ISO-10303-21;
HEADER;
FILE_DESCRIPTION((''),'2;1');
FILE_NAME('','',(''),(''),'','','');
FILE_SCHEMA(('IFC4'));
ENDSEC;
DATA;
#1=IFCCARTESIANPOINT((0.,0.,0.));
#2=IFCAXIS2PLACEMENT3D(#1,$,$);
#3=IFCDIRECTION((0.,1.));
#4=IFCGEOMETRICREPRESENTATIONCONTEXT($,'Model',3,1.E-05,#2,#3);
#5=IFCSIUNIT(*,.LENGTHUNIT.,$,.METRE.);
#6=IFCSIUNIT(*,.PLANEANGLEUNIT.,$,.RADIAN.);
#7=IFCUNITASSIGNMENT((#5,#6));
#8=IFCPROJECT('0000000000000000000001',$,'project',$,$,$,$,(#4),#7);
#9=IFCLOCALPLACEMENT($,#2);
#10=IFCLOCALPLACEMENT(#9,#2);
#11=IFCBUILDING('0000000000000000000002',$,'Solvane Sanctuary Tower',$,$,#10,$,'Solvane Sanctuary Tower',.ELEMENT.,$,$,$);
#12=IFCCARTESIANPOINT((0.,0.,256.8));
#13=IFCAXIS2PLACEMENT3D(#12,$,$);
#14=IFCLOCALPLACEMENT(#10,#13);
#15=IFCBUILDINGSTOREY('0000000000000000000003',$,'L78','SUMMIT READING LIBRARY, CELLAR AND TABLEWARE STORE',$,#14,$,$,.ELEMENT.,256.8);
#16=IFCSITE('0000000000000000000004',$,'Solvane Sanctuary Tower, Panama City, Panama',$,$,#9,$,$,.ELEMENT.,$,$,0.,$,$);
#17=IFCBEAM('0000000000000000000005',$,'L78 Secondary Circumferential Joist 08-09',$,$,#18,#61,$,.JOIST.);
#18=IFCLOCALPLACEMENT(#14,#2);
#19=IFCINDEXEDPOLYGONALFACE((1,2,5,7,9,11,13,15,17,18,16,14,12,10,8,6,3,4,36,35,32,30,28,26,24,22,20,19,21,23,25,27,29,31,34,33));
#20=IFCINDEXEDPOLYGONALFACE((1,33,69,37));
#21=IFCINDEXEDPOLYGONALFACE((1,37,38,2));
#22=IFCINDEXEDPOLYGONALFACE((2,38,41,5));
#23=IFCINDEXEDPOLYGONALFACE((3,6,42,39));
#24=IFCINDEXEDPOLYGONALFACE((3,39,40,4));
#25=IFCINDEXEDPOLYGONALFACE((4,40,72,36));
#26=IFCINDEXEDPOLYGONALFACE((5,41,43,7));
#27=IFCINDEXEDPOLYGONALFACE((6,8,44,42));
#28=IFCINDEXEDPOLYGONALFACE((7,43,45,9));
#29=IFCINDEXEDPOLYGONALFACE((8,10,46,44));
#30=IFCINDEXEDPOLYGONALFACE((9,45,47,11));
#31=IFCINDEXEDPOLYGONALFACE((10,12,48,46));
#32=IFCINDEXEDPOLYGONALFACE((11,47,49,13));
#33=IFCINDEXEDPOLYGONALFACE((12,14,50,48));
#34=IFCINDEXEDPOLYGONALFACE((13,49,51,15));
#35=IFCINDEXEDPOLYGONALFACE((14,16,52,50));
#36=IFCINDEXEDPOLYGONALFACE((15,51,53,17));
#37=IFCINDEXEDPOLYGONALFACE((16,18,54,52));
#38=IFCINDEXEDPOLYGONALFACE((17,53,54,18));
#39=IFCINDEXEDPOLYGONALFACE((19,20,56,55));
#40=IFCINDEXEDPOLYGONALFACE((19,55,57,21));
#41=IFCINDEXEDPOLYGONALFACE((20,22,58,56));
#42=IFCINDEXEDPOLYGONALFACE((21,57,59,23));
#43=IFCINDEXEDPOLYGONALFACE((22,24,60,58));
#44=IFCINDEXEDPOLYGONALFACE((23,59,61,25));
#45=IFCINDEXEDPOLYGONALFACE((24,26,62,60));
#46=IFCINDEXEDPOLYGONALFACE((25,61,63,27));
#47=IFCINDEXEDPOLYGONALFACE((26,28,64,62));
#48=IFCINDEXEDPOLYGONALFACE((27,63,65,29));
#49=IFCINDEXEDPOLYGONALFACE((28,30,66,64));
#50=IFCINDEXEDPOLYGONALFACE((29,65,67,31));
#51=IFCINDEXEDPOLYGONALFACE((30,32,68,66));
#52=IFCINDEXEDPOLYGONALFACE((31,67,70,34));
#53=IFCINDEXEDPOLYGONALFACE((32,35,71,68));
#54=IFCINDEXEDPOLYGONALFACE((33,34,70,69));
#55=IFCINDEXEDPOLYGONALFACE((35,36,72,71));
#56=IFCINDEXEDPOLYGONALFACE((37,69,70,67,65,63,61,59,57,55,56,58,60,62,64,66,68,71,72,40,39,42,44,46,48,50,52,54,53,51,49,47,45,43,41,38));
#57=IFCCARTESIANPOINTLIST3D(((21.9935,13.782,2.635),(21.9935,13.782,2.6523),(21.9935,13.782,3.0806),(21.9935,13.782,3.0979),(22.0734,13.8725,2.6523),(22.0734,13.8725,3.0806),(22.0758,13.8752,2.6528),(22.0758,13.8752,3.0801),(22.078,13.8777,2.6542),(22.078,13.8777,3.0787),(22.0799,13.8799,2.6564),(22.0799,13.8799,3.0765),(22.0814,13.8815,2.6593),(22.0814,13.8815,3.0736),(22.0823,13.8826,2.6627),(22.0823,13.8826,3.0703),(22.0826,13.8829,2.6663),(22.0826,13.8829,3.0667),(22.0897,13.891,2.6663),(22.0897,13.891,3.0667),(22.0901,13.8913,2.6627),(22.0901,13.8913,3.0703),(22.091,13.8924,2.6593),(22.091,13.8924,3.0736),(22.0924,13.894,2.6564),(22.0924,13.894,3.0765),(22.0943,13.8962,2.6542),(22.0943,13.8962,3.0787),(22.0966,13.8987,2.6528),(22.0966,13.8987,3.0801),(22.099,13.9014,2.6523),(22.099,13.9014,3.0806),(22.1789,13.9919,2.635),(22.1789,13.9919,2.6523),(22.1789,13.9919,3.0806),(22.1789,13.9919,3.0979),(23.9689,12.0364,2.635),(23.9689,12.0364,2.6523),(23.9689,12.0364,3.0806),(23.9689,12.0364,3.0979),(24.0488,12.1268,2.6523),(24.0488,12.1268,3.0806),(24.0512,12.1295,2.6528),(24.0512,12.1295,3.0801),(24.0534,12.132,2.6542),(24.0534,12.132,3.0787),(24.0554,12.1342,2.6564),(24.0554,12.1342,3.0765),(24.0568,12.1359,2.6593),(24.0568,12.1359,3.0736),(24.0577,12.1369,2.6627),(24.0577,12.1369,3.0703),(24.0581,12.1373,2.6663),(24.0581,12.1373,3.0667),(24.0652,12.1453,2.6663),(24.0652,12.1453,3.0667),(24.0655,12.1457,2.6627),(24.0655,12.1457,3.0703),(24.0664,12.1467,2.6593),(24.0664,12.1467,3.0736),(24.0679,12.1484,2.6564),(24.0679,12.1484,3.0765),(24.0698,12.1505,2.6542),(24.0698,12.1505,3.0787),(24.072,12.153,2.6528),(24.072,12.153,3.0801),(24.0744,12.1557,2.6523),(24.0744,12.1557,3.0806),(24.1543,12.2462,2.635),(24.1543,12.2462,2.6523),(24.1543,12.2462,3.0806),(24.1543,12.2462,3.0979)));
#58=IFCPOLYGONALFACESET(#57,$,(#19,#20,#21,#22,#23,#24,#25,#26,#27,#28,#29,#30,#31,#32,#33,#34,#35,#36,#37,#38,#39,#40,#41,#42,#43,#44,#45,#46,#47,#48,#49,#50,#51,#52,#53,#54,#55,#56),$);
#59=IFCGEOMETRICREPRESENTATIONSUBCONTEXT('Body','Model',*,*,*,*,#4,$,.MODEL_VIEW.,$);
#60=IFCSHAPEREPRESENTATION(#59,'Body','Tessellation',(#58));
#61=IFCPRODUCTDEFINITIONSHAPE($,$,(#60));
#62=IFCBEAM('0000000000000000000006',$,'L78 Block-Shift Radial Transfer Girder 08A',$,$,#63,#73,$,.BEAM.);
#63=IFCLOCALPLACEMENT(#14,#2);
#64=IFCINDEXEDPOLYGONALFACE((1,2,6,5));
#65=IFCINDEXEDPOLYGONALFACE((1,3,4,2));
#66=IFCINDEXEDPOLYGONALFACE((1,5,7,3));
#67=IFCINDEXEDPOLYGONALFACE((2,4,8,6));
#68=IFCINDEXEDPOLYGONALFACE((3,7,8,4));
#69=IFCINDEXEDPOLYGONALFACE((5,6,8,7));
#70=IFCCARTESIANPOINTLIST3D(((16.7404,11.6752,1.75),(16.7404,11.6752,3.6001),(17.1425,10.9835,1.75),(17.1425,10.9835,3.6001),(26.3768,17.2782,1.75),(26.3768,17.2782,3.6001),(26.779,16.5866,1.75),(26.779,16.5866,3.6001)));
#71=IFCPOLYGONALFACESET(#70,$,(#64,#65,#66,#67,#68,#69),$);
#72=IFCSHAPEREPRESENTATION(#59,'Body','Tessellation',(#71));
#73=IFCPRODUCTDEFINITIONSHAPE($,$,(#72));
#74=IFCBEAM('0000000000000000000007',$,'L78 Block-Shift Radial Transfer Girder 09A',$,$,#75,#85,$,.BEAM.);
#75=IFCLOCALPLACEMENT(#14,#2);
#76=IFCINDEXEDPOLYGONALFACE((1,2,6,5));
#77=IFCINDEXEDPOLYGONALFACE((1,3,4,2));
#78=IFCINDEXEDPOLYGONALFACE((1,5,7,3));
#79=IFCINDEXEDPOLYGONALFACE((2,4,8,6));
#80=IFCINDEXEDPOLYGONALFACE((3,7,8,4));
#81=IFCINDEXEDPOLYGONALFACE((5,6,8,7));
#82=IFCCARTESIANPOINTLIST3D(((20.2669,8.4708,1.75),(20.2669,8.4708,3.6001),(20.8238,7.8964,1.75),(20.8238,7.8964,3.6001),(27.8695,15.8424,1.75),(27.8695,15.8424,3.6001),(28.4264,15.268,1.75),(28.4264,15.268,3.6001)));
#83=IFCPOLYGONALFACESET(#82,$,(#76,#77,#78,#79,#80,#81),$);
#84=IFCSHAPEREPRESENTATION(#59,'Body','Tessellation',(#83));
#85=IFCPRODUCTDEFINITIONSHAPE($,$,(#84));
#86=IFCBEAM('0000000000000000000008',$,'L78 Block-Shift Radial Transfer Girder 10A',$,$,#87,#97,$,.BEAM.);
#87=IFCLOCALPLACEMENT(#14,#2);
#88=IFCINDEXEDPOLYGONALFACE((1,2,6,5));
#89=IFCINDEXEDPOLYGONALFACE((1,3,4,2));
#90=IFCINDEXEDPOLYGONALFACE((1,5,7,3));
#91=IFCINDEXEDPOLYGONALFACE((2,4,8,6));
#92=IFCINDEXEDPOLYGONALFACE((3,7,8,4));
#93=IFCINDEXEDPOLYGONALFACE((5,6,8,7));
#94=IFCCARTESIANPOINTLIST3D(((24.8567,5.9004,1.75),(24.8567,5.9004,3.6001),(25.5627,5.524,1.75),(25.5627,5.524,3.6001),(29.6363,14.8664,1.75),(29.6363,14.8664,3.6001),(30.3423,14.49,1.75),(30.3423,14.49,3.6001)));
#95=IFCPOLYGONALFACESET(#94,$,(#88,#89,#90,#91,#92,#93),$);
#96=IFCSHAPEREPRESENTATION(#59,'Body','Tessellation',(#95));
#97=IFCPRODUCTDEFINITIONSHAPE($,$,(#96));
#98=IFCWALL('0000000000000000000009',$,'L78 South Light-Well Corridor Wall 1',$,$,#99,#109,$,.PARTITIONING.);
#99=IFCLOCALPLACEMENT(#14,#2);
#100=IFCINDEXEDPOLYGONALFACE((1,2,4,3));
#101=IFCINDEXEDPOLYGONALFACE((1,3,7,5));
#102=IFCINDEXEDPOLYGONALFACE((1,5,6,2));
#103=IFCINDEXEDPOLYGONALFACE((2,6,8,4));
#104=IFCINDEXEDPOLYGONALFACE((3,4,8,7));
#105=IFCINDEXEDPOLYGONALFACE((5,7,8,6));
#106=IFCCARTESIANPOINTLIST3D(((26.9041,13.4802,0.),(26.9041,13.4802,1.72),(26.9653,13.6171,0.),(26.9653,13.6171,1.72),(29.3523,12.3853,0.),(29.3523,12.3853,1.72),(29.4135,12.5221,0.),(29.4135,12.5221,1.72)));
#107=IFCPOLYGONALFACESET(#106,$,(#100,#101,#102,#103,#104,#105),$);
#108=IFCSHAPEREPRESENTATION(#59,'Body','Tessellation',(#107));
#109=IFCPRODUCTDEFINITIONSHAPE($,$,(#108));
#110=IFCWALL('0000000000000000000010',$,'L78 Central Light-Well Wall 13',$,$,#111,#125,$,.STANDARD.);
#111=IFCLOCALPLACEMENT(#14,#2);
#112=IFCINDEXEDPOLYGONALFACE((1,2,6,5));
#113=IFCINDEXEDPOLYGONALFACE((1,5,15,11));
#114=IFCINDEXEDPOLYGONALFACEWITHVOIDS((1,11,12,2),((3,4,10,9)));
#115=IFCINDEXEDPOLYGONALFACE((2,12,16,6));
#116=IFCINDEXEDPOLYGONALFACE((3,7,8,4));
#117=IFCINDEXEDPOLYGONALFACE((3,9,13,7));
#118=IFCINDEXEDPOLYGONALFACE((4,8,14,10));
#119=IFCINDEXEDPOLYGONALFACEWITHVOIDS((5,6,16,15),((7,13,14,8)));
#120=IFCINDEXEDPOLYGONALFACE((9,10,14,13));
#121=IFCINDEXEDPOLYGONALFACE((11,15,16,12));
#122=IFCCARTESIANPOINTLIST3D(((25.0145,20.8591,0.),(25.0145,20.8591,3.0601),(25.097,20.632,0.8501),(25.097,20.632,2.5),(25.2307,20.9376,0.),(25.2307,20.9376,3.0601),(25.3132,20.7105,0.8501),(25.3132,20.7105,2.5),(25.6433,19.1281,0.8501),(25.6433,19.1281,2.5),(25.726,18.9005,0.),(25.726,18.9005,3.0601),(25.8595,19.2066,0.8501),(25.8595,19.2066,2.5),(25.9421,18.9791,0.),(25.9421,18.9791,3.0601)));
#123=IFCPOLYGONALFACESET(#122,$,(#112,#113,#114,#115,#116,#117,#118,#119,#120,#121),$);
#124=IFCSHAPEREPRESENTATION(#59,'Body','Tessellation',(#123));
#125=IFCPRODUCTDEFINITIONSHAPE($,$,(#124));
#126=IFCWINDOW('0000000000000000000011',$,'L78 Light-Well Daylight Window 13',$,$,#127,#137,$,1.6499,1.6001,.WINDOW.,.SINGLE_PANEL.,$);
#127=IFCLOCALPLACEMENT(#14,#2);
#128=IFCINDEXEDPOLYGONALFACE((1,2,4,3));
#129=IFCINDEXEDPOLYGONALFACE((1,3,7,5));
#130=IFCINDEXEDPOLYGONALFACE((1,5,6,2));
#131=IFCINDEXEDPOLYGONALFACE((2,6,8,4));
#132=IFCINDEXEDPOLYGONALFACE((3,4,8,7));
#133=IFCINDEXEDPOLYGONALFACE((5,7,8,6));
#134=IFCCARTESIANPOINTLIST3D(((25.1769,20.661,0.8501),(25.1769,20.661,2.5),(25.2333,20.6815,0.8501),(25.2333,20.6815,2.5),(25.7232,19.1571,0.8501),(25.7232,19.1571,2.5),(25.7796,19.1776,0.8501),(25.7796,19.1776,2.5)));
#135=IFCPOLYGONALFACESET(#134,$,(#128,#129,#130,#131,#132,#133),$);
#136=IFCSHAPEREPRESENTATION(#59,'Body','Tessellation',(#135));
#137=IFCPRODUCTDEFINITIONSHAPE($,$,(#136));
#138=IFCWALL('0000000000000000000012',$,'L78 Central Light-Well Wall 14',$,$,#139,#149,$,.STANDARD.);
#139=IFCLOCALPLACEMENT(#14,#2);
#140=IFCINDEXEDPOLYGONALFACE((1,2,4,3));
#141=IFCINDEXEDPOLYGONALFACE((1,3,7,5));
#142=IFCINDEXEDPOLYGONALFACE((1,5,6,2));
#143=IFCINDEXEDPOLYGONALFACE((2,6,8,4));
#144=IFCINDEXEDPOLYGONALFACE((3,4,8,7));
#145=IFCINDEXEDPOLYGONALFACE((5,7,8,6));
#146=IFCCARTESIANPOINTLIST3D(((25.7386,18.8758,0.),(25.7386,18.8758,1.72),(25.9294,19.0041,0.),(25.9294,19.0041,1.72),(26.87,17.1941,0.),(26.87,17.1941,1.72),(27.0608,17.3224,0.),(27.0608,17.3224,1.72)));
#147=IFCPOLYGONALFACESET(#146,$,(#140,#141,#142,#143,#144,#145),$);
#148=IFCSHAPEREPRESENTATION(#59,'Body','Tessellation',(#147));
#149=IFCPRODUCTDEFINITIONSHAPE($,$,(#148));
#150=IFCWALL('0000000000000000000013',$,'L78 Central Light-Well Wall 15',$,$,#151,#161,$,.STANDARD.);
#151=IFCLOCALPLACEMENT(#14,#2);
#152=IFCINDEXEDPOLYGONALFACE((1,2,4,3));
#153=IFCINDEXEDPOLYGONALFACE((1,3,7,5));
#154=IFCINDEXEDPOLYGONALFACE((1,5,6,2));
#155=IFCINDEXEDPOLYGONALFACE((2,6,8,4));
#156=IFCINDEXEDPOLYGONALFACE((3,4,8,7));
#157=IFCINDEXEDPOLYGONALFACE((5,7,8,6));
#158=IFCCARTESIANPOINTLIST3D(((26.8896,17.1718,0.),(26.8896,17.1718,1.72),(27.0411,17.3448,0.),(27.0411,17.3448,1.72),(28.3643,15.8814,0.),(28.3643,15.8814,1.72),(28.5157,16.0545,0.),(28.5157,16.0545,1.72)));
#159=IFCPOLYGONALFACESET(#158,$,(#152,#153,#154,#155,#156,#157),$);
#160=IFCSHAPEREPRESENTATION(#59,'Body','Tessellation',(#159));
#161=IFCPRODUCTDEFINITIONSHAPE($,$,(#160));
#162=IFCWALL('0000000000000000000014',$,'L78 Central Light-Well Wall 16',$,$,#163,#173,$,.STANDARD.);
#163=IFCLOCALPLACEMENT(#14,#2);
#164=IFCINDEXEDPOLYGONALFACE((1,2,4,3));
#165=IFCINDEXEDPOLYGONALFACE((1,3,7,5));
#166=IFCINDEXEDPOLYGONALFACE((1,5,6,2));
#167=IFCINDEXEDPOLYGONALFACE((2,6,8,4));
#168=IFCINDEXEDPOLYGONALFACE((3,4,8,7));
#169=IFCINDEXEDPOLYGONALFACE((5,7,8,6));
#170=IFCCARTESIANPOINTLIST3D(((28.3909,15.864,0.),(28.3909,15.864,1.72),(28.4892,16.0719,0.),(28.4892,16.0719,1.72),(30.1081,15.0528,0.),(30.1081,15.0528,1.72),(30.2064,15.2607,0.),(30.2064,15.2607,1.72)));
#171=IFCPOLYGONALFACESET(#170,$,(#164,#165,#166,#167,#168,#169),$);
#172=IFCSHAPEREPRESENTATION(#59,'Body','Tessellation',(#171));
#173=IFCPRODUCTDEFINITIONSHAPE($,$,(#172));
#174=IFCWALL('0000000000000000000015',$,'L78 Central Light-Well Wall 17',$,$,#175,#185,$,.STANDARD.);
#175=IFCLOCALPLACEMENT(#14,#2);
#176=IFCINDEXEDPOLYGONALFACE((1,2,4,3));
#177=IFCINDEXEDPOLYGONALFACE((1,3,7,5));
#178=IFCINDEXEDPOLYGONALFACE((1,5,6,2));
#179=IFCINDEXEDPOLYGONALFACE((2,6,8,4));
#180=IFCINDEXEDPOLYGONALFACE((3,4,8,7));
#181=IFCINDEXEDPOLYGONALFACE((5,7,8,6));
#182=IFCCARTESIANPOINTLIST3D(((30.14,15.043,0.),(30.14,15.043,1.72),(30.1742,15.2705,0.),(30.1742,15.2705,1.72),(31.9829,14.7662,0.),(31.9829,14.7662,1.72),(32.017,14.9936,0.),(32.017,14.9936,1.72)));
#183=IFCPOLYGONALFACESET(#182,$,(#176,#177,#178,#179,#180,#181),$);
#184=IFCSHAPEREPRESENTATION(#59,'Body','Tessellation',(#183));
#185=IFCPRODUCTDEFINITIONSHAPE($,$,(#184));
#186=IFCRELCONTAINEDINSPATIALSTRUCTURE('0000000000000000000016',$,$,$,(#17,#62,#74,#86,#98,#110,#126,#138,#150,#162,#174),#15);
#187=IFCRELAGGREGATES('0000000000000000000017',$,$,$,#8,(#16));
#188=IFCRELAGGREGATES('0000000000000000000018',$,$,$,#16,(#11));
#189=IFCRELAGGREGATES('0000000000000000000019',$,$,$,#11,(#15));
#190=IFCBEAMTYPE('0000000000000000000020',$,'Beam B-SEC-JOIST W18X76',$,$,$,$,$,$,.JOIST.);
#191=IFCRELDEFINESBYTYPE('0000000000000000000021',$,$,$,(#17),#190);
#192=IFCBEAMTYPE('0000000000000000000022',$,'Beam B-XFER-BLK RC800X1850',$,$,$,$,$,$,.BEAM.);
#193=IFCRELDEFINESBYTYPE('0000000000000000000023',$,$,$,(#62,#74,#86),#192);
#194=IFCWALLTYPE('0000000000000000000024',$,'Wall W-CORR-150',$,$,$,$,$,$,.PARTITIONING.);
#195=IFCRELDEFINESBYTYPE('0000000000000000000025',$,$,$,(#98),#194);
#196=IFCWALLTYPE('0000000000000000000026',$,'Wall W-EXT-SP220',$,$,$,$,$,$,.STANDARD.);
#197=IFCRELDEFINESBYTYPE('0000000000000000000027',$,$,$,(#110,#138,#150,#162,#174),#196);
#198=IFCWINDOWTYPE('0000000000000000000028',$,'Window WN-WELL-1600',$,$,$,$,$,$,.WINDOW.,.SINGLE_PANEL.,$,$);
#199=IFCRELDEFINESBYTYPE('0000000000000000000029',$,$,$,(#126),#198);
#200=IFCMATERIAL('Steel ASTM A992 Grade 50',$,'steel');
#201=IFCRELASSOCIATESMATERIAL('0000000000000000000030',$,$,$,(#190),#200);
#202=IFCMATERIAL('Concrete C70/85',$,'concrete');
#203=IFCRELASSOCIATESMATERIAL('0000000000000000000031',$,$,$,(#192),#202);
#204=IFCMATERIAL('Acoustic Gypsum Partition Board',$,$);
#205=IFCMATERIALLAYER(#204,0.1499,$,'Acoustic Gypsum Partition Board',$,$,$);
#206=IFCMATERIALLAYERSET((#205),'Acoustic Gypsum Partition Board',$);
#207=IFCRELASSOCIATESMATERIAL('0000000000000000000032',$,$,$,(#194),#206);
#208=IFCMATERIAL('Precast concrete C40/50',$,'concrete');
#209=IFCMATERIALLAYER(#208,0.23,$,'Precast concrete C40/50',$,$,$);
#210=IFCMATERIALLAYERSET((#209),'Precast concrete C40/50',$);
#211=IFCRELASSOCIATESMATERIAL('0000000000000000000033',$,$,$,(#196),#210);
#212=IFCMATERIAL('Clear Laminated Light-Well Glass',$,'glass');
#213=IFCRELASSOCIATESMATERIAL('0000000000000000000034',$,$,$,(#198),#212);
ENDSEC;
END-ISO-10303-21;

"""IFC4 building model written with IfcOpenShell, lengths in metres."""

from ifc_helpers import new_model, si_unit, direction, frame, frame_2d, origin, origin_2d, place, context, subcontext, project, spatial, rectangle, i_section, extrude, material, layer, layer_set, material_profile, profile_set, type_object, element, fill, save


model = new_model("IFC4")

# Units and contexts
model_context = context("Model", 3, precision=1e-05, world=origin(), true_north=direction((0.0, 1.0)))
body_context = subcontext(model_context, "Body", "Model", "MODEL_VIEW")
ifc_project = project(units=[si_unit("LENGTHUNIT", "METRE"), si_unit("PLANEANGLEUNIT", "RADIAN")], contexts=[model_context])

# Site, building, storey
site_placement = place(None, origin())
site = spatial("IfcSite", under=ifc_project, at=site_placement, Name="Solvane Sanctuary Tower, Panama City, Panama", CompositionType="ELEMENT", RefElevation=0.0)
building_placement = place(site_placement, origin())
building = spatial("IfcBuilding", under=site, at=building_placement, Name="Solvane Sanctuary Tower", LongName="Solvane Sanctuary Tower", CompositionType="ELEMENT")
storey_placement = place(building_placement, frame((0.0, 0.0, 256.8)))
storey = spatial("IfcBuildingStorey", under=building, at=storey_placement, Name="L78", Description="SUMMIT READING LIBRARY, CELLAR AND TABLEWARE STORE", CompositionType="ELEMENT", Elevation=256.8)

# Shared definitions
ifc_material_1 = material(Name="Concrete C70/85", Category="concrete")

# Beams
ifc_material_2 = material(Name="Steel ASTM A992 Grade 50", Category="steel")
ifc_material_profile_1 = material_profile(ifc_material_2, i_section(OverallWidth=0.28, OverallDepth=0.4629, WebThickness=0.0107, FlangeThickness=0.0173, FilletRadius=0.0139, at=origin_2d()), Name="W18X76")
ifc_profile_set_1 = profile_set([ifc_material_profile_1], Name="Steel ASTM A992 Grade 50")
beam_type_1 = type_object("IfcBeamType", Name="Beam B-SEC-JOIST W18X76", PredefinedType="JOIST", material=ifc_profile_set_1)
beam_1_placement = place(storey_placement, frame((22.0862, 13.887, 2.8665), z_axis=(0.749338, -0.662188, 0.0), x_axis=(0.662188, 0.749338, 0.0)))
element("IfcBeam", 1, at=beam_1_placement, inside=storey, type_object=beam_type_1, Name="L78 Secondary Circumferential Joist 08-09", PredefinedType="JOIST", context=body_context, shape_type="SweptSolid", body=[
    extrude(i_section(OverallWidth=0.28, OverallDepth=0.4629, WebThickness=0.0107, FlangeThickness=0.0173, FilletRadius=0.0139, at=origin_2d()), origin(), (0.0, 0.0, 1.0), 2.6362),
])
ifc_material_profile_2 = material_profile(ifc_material_1, rectangle(XDim=0.8, YDim=1.8501, at=origin_2d()), Name="RC800X1850")
ifc_profile_set_2 = profile_set([ifc_material_profile_2], Name="Concrete C70/85")
beam_type_2 = type_object("IfcBeamType", Name="Beam B-XFER-BLK RC800X1850", PredefinedType="BEAM", material=ifc_profile_set_2)
beam_2_placement = place(storey_placement, frame((26.5779, 16.9324, 2.675), z_axis=(-0.864491, -0.502649, 0.0), x_axis=(0.502649, -0.864491, 0.0)))
element("IfcBeam", 2, at=beam_2_placement, inside=storey, type_object=beam_type_2, Name="L78 Block-Shift Radial Transfer Girder 08A", PredefinedType="BEAM", context=body_context, shape_type="SweptSolid", body=[
    extrude(rectangle(XDim=0.8, YDim=1.8501, at=origin_2d()), origin(), (0.0, 0.0, 1.0), 11.147),
])
beam_3_placement = place(storey_placement, frame((28.1479, 15.5552, 2.675), z_axis=(-0.717928, -0.696118, 0.0), x_axis=(0.696118, -0.717928, 0.0)))
element("IfcBeam", 3, at=beam_3_placement, inside=storey, type_object=beam_type_2, Name="L78 Block-Shift Radial Transfer Girder 09A", PredefinedType="BEAM", context=body_context, shape_type="SweptSolid", body=[
    extrude(rectangle(XDim=0.8, YDim=1.8501, at=origin_2d()), origin(), (0.0, 0.0, 1.0), 10.5896),
])
beam_4_placement = place(storey_placement, frame((29.9893, 14.6782, 2.675), z_axis=(-0.470407, -0.882449, 0.0), x_axis=(0.882449, -0.470407, 0.0)))
element("IfcBeam", 4, at=beam_4_placement, inside=storey, type_object=beam_type_2, Name="L78 Block-Shift Radial Transfer Girder 10A", PredefinedType="BEAM", context=body_context, shape_type="SweptSolid", body=[
    extrude(rectangle(XDim=0.8, YDim=1.8501, at=origin_2d()), origin(), (0.0, 0.0, 1.0), 10.1604),
])

# Wall
ifc_material_3 = material(Name="Acoustic Gypsum Partition Board")
ifc_layer_1 = layer(ifc_material_3, 0.1499, Name="Acoustic Gypsum Partition Board")
ifc_layer_set_1 = layer_set([ifc_layer_1], Name="Acoustic Gypsum Partition Board")
wall_type_1 = type_object("IfcWallType", Name="Wall W-CORR-150", PredefinedType="PARTITIONING", material=ifc_layer_set_1)
wall_1_placement = place(storey_placement, frame((26.9348, 13.5486, 0.0), z_axis=(0.0, 0.0, 1.0), x_axis=(0.912859, -0.408274, 0.0)))
element("IfcWall", 5, at=wall_1_placement, inside=storey, type_object=wall_type_1, Name="L78 South Light-Well Corridor Wall 1", PredefinedType="PARTITIONING", context=body_context, shape_type="SweptSolid", body=[
    extrude(rectangle(XDim=2.6819, YDim=0.1499, at=frame_2d((1.3408, 0.0))), origin(), (0.0, 0.0, 1.0), 1.72),
])

# Wall, opening, window
ifc_material_4 = material(Name="Precast concrete C40/50", Category="concrete")
ifc_layer_2 = layer(ifc_material_4, 0.23, Name="Precast concrete C40/50")
ifc_layer_set_2 = layer_set([ifc_layer_2], Name="Precast concrete C40/50")
wall_type_2 = type_object("IfcWallType", Name="Wall W-EXT-SP220", PredefinedType="STANDARD", material=ifc_layer_set_2)
wall_2_placement = place(storey_placement, frame((25.1226, 20.8984, 0.0), z_axis=(0.0, 0.0, 1.0), x_axis=(0.341423, -0.93991, 0.0)))
wall_2 = element("IfcWall", 6, at=wall_2_placement, inside=storey, type_object=wall_type_2, Name="L78 Central Light-Well Wall 13", PredefinedType="STANDARD", context=body_context, shape_type="SweptSolid", body=[
    extrude(rectangle(XDim=2.0837, YDim=0.23, at=frame_2d((1.042, 0.0))), origin(), (0.0, 0.0, 1.0), 3.0601),
])
opening_1_placement = place(wall_2_placement, frame((0.2417, 0.0, 0.8501)))
opening_1 = element("IfcOpeningElement", 7, at=opening_1_placement, cuts=wall_2, PredefinedType="OPENING", context=body_context, shape_type="SweptSolid", body=[
    extrude(rectangle(XDim=1.6001, YDim=1.6499, at=frame_2d((0.8, 0.825))), frame((0.0, 0.125, 0.0), z_axis=(0.0, -1.0, 0.0), x_axis=(1.0, 0.0, 0.0)), (0.0, 0.0, 1.0), 0.25),
])
ifc_material_5 = material(Name="Clear Laminated Light-Well Glass", Category="glass")
window_type = type_object("IfcWindowType", Name="Window WN-WELL-1600", PartitioningType="SINGLE_PANEL", PredefinedType="WINDOW", material=ifc_material_5)
window_placement = place(opening_1_placement, origin())
window = element("IfcWindow", 8, at=window_placement, inside=storey, type_object=window_type, Name="L78 Light-Well Daylight Window 13", OverallHeight=1.6499, OverallWidth=1.6001, PartitioningType="SINGLE_PANEL", PredefinedType="WINDOW", context=body_context, shape_type="SweptSolid", body=[
    extrude(rectangle(XDim=1.6001, YDim=1.6499, at=frame_2d((0.8, 0.825))), frame((0.0, 0.03, 0.0), z_axis=(0.0, -1.0, 0.0), x_axis=(1.0, 0.0, 0.0)), (0.0, 0.0, 1.0), 0.0601),
])
fill(opening_1, window)

# Walls
wall_3_placement = place(storey_placement, frame((25.834, 18.9399, 0.0), z_axis=(0.0, 0.0, 1.0), x_axis=(0.558198, -0.829708, 0.0)))
element("IfcWall", 9, at=wall_3_placement, inside=storey, type_object=wall_type_2, Name="L78 Central Light-Well Wall 14", PredefinedType="STANDARD", context=body_context, shape_type="SweptSolid", body=[
    extrude(rectangle(XDim=2.0269, YDim=0.23, at=frame_2d((1.0134, 0.0))), origin(), (0.0, 0.0, 1.0), 1.72),
])
wall_4_placement = place(storey_placement, frame((26.9653, 17.2583, 0.0), z_axis=(0.0, 0.0, 1.0), x_axis=(0.752577, -0.658505, 0.0)))
element("IfcWall", 10, at=wall_4_placement, inside=storey, type_object=wall_type_2, Name="L78 Central Light-Well Wall 15", PredefinedType="STANDARD", context=body_context, shape_type="SweptSolid", body=[
    extrude(rectangle(XDim=1.9595, YDim=0.23, at=frame_2d((0.9797, 0.0))), origin(), (0.0, 0.0, 1.0), 1.72),
])
wall_5_placement = place(storey_placement, frame((28.4399, 15.968, 0.0), z_axis=(0.0, 0.0, 1.0), x_axis=(0.90418, -0.427152, 0.0)))
element("IfcWall", 11, at=wall_5_placement, inside=storey, type_object=wall_type_2, Name="L78 Central Light-Well Wall 16", PredefinedType="STANDARD", context=body_context, shape_type="SweptSolid", body=[
    extrude(rectangle(XDim=1.8992, YDim=0.23, at=frame_2d((0.9497, 0.0))), origin(), (0.0, 0.0, 1.0), 1.72),
])
wall_6_placement = place(storey_placement, frame((30.1572, 15.1567, 0.0), z_axis=(0.0, 0.0, 1.0), x_axis=(0.988902, -0.148571, 0.0)))
element("IfcWall", 12, at=wall_6_placement, inside=storey, type_object=wall_type_2, Name="L78 Central Light-Well Wall 17", PredefinedType="STANDARD", context=body_context, shape_type="SweptSolid", body=[
    extrude(rectangle(XDim=1.8635, YDim=0.23, at=frame_2d((0.9316, 0.0))), origin(), (0.0, 0.0, 1.0), 1.72),
])

save(model, "model.ifc")
